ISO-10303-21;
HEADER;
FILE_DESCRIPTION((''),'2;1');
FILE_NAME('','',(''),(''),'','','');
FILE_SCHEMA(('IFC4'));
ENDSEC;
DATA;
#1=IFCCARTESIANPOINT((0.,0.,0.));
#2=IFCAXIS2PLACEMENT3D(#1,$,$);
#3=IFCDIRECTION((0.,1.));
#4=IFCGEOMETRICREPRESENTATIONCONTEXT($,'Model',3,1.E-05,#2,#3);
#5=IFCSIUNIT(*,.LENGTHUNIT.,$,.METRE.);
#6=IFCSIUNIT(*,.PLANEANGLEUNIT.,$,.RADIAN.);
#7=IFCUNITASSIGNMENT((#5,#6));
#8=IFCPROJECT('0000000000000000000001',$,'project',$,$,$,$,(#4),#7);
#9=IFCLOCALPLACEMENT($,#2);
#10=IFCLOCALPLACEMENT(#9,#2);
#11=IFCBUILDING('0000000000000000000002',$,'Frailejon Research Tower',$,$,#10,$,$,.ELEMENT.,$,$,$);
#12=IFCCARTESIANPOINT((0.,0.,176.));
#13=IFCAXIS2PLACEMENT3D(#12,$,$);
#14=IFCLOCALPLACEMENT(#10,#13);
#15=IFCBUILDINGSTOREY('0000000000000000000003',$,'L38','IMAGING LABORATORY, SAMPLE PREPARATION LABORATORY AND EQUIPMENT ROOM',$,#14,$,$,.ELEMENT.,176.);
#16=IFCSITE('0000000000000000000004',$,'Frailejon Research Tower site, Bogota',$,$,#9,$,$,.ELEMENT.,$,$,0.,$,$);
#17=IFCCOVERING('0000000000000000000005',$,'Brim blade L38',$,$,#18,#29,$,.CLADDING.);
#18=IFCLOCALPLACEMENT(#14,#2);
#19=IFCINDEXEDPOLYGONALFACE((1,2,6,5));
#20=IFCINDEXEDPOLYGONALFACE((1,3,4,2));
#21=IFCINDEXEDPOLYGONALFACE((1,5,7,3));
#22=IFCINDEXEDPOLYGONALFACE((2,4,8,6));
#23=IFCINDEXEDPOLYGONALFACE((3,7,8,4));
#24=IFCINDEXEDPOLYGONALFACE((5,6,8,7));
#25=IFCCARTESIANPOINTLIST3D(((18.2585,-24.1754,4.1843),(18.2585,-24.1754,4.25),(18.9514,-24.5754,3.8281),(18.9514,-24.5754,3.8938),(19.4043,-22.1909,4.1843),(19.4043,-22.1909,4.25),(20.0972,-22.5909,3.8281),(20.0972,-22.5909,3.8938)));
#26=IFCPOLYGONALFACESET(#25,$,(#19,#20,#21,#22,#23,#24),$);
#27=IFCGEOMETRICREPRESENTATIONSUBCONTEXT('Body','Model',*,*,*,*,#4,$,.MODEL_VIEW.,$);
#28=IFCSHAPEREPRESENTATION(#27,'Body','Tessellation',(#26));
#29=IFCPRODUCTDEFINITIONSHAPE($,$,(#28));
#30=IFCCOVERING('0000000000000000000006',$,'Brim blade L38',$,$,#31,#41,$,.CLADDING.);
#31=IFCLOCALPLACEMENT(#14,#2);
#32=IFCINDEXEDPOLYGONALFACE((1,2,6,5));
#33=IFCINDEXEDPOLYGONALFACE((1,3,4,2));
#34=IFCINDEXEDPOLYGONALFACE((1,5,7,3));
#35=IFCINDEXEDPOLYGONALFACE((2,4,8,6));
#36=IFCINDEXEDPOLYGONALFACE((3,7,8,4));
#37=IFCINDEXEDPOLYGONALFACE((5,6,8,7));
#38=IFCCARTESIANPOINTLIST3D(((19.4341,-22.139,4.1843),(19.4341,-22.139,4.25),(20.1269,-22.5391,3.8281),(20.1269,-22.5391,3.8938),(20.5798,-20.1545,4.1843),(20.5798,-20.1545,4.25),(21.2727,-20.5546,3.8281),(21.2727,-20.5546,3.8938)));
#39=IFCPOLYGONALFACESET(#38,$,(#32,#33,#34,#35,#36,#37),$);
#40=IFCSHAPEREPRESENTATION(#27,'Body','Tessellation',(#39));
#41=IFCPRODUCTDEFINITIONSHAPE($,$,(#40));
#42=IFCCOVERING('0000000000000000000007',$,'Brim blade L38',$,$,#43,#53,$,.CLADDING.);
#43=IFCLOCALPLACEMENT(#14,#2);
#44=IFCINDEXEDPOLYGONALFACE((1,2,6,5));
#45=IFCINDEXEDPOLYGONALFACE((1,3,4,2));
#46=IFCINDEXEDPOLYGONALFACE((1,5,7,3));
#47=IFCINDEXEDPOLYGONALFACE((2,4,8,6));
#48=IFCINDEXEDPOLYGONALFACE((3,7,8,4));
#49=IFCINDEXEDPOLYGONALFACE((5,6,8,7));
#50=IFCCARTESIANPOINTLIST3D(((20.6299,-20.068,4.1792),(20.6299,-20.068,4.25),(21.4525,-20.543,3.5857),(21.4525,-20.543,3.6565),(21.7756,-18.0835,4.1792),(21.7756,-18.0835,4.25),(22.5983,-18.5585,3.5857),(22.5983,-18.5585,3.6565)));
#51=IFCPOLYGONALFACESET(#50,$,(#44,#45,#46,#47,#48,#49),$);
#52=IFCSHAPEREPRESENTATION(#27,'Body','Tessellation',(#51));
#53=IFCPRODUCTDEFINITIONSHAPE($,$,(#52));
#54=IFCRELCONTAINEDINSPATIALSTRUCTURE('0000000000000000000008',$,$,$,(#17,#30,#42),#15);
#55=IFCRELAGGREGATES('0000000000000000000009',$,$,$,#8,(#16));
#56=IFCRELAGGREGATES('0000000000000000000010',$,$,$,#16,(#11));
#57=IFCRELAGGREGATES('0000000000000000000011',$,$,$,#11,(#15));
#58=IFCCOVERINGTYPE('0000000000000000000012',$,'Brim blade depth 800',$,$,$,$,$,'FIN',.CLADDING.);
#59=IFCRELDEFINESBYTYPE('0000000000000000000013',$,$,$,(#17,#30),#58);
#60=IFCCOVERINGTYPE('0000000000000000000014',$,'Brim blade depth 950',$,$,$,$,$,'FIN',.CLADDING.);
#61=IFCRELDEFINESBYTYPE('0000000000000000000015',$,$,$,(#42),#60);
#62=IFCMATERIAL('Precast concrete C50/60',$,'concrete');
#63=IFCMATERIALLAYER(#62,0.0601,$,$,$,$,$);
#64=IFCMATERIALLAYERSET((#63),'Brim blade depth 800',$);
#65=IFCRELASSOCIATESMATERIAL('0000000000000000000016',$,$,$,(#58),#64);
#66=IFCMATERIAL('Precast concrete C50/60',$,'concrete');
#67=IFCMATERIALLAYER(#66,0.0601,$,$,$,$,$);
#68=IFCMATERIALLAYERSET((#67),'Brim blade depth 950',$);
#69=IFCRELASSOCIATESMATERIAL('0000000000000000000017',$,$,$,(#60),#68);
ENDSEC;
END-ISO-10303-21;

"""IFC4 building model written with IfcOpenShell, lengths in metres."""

from ifc_helpers import new_model, si_unit, direction, frame, origin, place, context, subcontext, project, spatial, polyline, outline, extrude, material, layer, layer_set, type_object, element, save


model = new_model("IFC4")

# Units and contexts
model_context = context("Model", 3, precision=1e-05, world=origin(), true_north=direction((0.0, 1.0)))
body_context = subcontext(model_context, "Body", "Model", "MODEL_VIEW")
ifc_project = project(units=[si_unit("LENGTHUNIT", "METRE"), si_unit("PLANEANGLEUNIT", "RADIAN")], contexts=[model_context])

# Site, building, storey
site_placement = place(None, origin())
site = spatial("IfcSite", under=ifc_project, at=site_placement, Name="Frailejon Research Tower site, Bogota", CompositionType="ELEMENT", RefElevation=0.0)
building_placement = place(site_placement, origin())
building = spatial("IfcBuilding", under=site, at=building_placement, Name="Frailejon Research Tower", CompositionType="ELEMENT")
storey_placement = place(building_placement, frame((0.0, 0.0, 176.0)))
storey = spatial("IfcBuildingStorey", under=building, at=storey_placement, Name="L38", Description="IMAGING LABORATORY, SAMPLE PREPARATION LABORATORY AND EQUIPMENT ROOM", CompositionType="ELEMENT", Elevation=176.0)

# Coverings
ifc_material_1 = material(Name="Precast concrete C50/60", Category="concrete")
ifc_layer_1 = layer(ifc_material_1, 0.0601)
ifc_layer_set_1 = layer_set([ifc_layer_1], Name="Brim blade depth 800")
covering_type_1 = type_object("IfcCoveringType", Name="Brim blade depth 800", ElementType="FIN", PredefinedType="CLADDING", material=ifc_layer_set_1)
for number, where, z_axis, x_axis, name in (
    (1, (19.4043, -22.1909, 4.25), (-0.499999, -0.866026, 0.0), (0.866026, -0.499999, 0.0), "Brim blade L38"),
    (2, (20.5798, -20.1545, 4.25), (-0.499999, -0.866026, 0.0), (0.866026, -0.499999, 0.0), "Brim blade L38"),
):
    element("IfcCovering", number, at=place(storey_placement, frame(where, z_axis=z_axis, x_axis=x_axis)), inside=storey, type_object=covering_type_1, Name=name, PredefinedType="CLADDING", context=body_context, shape_type="SweptSolid", body=[
        extrude(outline(polyline([(0.0, -0.0657), (0.8, -0.4219), (0.8, -0.3562), (0.0, 0.0), (0.0, -0.0657)])), origin(), (0.0, 0.0, 1.0), 2.2915),
    ])
ifc_material_2 = material(Name="Precast concrete C50/60", Category="concrete")
ifc_layer_2 = layer(ifc_material_2, 0.0601)
ifc_layer_set_2 = layer_set([ifc_layer_2], Name="Brim blade depth 950")
covering_type_2 = type_object("IfcCoveringType", Name="Brim blade depth 950", ElementType="FIN", PredefinedType="CLADDING", material=ifc_layer_set_2)
covering_1_placement = place(storey_placement, frame((21.7756, -18.0835, 4.25), z_axis=(-0.500005, -0.866022, 0.0), x_axis=(0.866022, -0.500005, 0.0)))
element("IfcCovering", 3, at=covering_1_placement, inside=storey, type_object=covering_type_2, Name="Brim blade L38", PredefinedType="CLADDING", context=body_context, shape_type="SweptSolid", body=[
    extrude(outline(polyline([(0.0, -0.0708), (0.95, -0.6643), (0.95, -0.5935), (0.0, 0.0), (0.0, -0.0708)])), origin(), (0.0, 0.0, 1.0), 2.2915),
])

save(model, "model.ifc")
